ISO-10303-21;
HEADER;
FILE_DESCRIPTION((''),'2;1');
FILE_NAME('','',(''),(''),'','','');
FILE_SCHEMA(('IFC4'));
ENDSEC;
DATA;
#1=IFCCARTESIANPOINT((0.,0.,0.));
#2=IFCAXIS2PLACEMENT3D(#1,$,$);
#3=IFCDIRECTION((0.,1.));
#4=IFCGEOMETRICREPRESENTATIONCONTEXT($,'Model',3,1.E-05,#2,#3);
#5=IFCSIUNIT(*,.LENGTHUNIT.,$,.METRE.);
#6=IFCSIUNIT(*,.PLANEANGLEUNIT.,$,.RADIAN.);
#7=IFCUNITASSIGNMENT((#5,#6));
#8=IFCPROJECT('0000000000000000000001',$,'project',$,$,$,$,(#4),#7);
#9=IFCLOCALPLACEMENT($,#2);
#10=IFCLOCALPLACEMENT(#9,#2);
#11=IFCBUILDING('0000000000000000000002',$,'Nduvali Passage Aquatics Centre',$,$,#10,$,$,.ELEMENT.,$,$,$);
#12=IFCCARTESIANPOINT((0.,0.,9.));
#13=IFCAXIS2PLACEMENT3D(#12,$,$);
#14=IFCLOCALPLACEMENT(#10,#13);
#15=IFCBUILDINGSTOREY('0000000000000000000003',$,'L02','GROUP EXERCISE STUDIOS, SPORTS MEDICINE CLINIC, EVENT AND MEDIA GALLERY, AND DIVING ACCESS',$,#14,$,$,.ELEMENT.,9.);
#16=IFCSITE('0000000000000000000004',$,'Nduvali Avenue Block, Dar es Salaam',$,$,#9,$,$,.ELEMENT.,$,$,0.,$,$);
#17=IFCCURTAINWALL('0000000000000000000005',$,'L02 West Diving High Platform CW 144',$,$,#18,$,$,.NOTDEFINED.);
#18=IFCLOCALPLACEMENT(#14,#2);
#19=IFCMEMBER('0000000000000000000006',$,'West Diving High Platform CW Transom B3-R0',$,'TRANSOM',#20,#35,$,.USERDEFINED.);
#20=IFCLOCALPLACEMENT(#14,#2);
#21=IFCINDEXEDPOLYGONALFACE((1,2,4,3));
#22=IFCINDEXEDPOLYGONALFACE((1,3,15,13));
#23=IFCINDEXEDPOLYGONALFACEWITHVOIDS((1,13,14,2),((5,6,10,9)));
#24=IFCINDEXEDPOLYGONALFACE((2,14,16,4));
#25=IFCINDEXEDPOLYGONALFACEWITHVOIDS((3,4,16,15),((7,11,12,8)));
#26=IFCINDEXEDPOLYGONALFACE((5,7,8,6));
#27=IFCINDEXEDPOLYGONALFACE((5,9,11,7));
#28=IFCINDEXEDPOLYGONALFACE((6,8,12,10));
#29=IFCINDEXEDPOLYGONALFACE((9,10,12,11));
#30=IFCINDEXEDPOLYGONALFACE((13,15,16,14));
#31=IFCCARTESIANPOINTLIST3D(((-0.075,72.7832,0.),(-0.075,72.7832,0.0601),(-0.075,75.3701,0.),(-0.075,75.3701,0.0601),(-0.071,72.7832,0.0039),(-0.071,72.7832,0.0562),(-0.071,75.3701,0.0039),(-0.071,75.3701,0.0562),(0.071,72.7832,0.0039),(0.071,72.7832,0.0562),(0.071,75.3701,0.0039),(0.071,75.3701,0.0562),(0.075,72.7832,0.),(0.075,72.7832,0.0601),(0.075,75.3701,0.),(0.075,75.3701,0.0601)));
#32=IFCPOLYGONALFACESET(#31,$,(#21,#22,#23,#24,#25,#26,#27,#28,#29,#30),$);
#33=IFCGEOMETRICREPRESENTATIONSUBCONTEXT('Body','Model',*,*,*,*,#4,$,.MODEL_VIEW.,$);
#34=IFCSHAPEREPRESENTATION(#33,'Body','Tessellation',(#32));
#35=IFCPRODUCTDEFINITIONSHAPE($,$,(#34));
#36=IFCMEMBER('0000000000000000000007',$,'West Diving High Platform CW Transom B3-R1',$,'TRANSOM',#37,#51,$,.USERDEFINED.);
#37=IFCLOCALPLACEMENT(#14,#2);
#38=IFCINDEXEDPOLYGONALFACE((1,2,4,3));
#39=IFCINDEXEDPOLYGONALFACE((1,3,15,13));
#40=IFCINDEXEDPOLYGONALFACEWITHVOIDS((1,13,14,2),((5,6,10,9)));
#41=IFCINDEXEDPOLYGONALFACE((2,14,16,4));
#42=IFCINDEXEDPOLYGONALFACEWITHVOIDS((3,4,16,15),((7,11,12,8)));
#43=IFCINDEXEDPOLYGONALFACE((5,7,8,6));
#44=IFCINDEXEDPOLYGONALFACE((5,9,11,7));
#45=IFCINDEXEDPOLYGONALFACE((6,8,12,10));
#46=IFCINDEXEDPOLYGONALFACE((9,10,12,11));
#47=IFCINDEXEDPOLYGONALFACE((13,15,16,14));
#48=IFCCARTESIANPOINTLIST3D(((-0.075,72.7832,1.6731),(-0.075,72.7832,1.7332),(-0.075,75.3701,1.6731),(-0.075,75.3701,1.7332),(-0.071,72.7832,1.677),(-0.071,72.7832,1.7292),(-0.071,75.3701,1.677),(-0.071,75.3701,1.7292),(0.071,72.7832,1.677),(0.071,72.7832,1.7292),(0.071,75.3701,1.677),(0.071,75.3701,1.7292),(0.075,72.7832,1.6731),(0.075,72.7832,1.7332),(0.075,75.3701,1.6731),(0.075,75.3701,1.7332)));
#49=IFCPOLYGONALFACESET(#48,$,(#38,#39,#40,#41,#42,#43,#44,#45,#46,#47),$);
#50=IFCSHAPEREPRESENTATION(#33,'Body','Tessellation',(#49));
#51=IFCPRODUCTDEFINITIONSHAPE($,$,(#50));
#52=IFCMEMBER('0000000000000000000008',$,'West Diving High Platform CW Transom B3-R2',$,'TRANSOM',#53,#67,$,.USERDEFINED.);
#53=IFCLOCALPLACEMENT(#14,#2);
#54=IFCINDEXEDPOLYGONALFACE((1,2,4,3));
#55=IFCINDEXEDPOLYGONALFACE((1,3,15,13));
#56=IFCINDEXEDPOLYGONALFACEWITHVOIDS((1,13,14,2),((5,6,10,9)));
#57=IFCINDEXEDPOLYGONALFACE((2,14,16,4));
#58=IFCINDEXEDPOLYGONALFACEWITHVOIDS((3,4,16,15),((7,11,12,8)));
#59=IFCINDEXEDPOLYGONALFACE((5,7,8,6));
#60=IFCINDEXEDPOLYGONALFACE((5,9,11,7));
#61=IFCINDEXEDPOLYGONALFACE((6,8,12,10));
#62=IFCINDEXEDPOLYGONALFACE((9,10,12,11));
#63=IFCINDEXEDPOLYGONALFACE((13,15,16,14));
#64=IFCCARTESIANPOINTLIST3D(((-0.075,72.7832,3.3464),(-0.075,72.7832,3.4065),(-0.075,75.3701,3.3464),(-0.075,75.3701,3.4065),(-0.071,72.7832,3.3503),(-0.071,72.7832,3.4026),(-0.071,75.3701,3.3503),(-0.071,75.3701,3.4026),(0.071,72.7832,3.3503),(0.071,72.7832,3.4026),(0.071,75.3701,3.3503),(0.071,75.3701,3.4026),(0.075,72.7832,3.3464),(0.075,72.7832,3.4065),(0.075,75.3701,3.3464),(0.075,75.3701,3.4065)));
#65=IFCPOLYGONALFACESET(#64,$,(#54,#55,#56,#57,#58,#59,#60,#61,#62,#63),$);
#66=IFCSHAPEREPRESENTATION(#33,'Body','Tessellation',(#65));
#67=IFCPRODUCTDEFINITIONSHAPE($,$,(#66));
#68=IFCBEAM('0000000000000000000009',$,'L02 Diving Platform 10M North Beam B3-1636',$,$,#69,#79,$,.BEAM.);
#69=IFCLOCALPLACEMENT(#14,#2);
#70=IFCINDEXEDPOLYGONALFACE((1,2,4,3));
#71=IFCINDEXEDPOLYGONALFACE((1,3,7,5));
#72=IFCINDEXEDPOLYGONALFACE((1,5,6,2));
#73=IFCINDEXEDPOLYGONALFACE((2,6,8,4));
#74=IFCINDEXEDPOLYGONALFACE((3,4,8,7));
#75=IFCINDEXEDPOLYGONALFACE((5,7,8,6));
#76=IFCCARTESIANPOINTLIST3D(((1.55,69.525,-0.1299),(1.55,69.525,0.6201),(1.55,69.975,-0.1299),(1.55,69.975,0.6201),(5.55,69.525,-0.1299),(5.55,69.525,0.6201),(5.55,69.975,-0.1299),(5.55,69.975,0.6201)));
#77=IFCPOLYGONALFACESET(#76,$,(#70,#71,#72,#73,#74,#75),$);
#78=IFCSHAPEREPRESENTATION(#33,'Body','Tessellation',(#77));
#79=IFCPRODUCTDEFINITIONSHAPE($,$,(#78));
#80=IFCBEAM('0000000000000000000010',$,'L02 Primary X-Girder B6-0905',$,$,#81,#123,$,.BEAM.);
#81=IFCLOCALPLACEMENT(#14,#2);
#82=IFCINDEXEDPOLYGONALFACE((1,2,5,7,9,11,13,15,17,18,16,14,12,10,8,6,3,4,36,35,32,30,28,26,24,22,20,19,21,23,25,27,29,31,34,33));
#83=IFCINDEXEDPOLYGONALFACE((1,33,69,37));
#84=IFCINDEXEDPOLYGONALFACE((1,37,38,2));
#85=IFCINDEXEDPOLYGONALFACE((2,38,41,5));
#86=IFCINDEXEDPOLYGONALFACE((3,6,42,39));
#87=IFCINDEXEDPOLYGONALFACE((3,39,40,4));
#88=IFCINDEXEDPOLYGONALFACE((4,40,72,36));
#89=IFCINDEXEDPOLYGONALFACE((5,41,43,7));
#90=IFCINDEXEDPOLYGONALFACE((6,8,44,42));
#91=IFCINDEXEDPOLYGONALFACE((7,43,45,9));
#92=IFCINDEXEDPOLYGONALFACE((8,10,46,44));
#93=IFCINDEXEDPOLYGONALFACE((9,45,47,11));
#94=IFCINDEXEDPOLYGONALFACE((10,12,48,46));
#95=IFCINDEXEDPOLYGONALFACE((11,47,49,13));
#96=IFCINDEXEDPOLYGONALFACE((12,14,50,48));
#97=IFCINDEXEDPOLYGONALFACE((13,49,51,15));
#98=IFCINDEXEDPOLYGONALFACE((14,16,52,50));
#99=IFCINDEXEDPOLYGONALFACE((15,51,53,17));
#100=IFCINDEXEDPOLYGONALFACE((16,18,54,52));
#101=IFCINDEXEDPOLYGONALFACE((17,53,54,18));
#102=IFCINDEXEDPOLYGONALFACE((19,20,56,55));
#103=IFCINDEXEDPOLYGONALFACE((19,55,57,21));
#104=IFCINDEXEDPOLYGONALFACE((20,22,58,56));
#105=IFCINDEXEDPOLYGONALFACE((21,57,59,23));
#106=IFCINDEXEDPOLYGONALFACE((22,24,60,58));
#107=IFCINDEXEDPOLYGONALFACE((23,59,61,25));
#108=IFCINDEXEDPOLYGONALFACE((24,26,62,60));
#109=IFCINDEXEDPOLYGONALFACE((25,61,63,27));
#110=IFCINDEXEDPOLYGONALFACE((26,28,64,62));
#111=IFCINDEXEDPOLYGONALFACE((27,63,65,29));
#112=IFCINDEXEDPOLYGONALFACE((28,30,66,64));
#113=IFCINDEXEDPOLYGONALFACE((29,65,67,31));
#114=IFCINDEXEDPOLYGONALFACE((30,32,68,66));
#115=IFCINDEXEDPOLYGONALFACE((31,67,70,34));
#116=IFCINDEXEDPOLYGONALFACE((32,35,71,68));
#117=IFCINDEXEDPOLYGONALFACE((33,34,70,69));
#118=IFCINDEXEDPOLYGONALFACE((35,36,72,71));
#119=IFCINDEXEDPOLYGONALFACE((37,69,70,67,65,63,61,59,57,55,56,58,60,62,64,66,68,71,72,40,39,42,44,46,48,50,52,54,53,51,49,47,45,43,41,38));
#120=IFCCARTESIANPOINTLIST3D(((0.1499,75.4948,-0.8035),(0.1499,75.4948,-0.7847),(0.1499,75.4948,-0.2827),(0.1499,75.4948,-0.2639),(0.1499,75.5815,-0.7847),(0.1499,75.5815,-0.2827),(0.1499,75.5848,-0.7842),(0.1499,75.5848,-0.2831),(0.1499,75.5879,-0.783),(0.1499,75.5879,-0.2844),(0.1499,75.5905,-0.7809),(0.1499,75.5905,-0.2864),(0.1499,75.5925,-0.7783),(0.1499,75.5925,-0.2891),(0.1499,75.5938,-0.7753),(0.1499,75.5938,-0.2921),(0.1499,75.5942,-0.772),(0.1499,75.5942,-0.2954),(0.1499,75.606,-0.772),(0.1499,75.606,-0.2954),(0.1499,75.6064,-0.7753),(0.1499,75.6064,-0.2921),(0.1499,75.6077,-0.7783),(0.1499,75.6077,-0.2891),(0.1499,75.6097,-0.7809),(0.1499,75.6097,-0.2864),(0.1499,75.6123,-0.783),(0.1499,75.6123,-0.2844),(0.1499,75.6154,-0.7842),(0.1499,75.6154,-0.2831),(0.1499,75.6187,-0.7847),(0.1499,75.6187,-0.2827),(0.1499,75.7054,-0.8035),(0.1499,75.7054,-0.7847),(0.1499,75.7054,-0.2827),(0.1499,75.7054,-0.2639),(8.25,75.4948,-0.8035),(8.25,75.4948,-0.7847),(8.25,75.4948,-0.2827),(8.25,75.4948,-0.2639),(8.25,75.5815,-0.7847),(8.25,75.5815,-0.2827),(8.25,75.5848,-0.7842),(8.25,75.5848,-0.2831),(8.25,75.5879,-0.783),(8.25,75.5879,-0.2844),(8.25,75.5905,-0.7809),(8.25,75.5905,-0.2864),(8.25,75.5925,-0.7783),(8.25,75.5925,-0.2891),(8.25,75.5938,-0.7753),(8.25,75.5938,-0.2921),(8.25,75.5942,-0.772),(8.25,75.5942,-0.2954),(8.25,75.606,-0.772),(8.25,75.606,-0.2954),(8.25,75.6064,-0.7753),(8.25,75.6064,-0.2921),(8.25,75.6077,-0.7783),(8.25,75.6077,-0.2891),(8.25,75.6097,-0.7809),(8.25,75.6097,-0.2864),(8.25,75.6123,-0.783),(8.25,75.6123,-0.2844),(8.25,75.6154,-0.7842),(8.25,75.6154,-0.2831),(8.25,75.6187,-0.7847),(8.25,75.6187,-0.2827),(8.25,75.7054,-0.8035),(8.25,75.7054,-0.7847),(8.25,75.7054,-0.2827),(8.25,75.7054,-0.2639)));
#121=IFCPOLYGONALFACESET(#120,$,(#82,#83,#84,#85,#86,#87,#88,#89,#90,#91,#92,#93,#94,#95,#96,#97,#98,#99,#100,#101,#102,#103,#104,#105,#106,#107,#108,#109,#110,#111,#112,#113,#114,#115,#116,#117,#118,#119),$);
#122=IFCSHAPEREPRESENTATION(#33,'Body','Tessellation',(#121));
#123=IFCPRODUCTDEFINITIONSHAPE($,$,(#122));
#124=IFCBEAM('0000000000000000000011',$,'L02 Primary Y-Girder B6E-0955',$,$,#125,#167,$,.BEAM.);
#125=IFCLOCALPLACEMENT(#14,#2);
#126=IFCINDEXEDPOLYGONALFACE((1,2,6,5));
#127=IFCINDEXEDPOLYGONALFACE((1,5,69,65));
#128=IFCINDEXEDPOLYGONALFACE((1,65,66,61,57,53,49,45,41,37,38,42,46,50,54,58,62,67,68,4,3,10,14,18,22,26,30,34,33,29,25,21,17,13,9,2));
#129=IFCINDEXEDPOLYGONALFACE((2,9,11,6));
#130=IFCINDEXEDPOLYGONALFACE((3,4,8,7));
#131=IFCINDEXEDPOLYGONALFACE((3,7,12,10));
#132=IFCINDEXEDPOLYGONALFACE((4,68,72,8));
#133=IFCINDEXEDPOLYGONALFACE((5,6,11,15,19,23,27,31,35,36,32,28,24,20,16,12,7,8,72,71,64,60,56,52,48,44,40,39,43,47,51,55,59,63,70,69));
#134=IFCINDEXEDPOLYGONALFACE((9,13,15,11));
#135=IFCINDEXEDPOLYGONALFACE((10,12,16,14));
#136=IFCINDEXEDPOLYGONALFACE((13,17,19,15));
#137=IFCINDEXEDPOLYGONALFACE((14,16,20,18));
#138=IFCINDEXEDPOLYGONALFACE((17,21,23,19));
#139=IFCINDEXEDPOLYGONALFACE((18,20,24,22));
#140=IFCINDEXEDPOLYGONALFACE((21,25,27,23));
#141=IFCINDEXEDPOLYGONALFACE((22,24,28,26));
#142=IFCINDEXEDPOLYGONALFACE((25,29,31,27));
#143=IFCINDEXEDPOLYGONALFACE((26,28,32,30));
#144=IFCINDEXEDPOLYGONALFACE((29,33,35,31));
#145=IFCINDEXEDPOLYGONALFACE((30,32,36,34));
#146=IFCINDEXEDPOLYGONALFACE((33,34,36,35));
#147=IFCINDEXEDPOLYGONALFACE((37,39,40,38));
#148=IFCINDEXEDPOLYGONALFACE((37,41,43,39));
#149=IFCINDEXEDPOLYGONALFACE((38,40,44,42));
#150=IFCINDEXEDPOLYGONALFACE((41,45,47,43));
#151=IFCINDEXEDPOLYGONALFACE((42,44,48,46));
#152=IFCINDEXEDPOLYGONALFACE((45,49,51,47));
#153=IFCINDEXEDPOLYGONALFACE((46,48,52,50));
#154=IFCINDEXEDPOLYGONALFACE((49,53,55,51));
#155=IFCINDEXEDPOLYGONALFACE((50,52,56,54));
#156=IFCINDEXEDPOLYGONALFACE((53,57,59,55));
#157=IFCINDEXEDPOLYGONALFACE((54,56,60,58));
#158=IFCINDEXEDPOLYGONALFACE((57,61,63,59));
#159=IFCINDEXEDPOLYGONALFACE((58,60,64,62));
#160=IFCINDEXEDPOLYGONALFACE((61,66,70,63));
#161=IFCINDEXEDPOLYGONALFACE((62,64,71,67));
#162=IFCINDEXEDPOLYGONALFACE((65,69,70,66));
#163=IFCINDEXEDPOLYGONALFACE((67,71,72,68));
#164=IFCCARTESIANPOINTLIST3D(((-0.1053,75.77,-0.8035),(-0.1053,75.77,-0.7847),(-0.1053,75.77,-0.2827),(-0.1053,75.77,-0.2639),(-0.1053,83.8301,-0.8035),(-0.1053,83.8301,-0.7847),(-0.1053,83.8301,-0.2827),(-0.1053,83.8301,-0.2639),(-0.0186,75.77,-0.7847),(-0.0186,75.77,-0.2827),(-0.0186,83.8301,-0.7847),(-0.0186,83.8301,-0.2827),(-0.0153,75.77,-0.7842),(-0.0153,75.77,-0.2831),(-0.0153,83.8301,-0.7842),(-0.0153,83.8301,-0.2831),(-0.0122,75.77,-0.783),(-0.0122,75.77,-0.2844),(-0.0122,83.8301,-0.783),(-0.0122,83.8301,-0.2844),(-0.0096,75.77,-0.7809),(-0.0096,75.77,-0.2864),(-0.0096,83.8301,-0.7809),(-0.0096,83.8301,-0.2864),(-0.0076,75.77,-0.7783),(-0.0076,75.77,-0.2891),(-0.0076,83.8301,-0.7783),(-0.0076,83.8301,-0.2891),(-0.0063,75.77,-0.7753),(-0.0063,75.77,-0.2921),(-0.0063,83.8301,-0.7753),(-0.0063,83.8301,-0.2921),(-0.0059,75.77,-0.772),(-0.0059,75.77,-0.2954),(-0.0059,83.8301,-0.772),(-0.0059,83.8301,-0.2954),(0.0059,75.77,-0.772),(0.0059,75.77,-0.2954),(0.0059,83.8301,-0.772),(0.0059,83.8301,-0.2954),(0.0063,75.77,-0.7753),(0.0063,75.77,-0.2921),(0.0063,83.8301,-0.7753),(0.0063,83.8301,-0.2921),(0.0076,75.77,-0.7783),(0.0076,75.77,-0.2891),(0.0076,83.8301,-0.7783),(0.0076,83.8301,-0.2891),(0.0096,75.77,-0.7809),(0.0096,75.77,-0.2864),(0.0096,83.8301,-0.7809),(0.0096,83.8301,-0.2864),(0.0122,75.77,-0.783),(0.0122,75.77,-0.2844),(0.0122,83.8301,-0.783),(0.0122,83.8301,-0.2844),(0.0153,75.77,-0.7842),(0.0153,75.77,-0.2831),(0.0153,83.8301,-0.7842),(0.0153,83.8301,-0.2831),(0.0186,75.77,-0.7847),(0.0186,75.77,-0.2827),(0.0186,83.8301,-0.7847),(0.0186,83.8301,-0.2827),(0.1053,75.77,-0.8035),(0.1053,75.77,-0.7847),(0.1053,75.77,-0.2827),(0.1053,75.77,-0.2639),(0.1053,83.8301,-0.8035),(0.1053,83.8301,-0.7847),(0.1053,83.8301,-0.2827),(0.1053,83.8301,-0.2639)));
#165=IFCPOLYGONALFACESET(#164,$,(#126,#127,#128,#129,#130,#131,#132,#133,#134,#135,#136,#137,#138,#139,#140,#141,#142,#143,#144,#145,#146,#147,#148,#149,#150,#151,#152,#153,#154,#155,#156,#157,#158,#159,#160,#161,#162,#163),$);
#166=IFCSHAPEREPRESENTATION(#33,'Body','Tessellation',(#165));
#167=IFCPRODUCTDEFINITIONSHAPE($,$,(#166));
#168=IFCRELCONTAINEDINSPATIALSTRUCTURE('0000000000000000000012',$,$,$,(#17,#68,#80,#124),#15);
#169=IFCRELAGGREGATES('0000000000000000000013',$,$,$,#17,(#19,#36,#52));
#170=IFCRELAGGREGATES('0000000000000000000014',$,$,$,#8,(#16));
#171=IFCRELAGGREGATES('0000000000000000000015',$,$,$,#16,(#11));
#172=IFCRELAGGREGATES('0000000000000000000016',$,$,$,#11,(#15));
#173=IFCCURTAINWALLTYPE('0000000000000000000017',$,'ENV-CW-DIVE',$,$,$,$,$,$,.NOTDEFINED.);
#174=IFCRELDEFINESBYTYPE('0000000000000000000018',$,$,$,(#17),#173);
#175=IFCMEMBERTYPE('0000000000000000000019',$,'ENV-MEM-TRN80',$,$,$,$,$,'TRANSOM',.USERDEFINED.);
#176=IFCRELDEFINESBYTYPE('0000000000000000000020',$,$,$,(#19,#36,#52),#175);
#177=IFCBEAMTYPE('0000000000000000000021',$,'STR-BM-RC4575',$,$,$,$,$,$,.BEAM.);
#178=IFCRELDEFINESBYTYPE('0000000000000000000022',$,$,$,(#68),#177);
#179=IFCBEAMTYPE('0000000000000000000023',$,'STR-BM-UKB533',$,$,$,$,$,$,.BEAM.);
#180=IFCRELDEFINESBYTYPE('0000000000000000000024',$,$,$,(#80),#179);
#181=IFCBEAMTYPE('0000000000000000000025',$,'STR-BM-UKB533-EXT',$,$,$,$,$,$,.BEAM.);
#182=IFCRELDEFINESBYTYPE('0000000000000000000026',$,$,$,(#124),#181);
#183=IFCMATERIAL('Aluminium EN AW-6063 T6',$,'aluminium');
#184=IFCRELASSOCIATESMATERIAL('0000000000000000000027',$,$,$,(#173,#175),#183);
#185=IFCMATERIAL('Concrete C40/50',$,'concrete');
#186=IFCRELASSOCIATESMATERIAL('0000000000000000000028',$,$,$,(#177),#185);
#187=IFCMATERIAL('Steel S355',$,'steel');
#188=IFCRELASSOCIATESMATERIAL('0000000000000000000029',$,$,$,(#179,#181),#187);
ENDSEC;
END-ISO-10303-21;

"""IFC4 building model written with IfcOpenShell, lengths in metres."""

from ifc_helpers import new_model, si_unit, direction, frame, origin, origin_2d, place, context, subcontext, project, spatial, rectangle, hollow_rectangle, i_section, extrude, material, material_profile, profile_set, type_object, element, aggregate, save


model = new_model("IFC4")

# Units and contexts
model_context = context("Model", 3, precision=1e-05, world=origin(), true_north=direction((0.0, 1.0)))
body_context = subcontext(model_context, "Body", "Model", "MODEL_VIEW")
ifc_project = project(units=[si_unit("LENGTHUNIT", "METRE"), si_unit("PLANEANGLEUNIT", "RADIAN")], contexts=[model_context])

# Site, building, storey
site_placement = place(None, origin())
site = spatial("IfcSite", under=ifc_project, at=site_placement, Name="Nduvali Avenue Block, Dar es Salaam", CompositionType="ELEMENT", RefElevation=0.0)
building_placement = place(site_placement, origin())
building = spatial("IfcBuilding", under=site, at=building_placement, Name="Nduvali Passage Aquatics Centre", CompositionType="ELEMENT")
storey_placement = place(building_placement, frame((0.0, 0.0, 9.0)))
storey = spatial("IfcBuildingStorey", under=building, at=storey_placement, Name="L02", Description="GROUP EXERCISE STUDIOS, SPORTS MEDICINE CLINIC, EVENT AND MEDIA GALLERY, AND DIVING ACCESS", CompositionType="ELEMENT", Elevation=9.0)

# Shared definitions
ifc_material_1 = material(Name="Steel S355", Category="steel")
ifc_material_2 = material(Name="Concrete C40/50", Category="concrete")

# Curtain wall, members
ifc_material_3 = material(Name="Aluminium EN AW-6063 T6", Category="aluminium")
curtain_wall_type = type_object("IfcCurtainWallType", Name="ENV-CW-DIVE", PredefinedType="NOTDEFINED", material=ifc_material_3)
curtain_wall_placement = place(storey_placement, origin())
curtain_wall = element("IfcCurtainWall", 1, at=curtain_wall_placement, inside=storey, type_object=curtain_wall_type, Name="L02 West Diving High Platform CW 144", PredefinedType="NOTDEFINED")
ifc_material_profile_1 = material_profile(ifc_material_3, hollow_rectangle(XDim=0.1499, YDim=0.0601, WallThickness=0.0039, at=origin_2d()), Name="ALU TRANSOM 150x60x4")
ifc_profile_set_1 = profile_set([ifc_material_profile_1], Name="Aluminium EN AW-6063 T6")
member_type_1 = type_object("IfcMemberType", Name="ENV-MEM-TRN80", ElementType="TRANSOM", PredefinedType="USERDEFINED", material=ifc_profile_set_1)
member_1_placement = place(storey_placement, frame((0.0, 72.7832, 0.03), z_axis=(0.0, 1.0, 0.0), x_axis=(-1.0, 0.0, 0.0)))
member_1 = element("IfcMember", 2, at=member_1_placement, type_object=member_type_1, Name="West Diving High Platform CW Transom B3-R0", ObjectType="TRANSOM", PredefinedType="USERDEFINED", context=body_context, shape_type="SweptSolid", body=[
    extrude(hollow_rectangle(XDim=0.1499, YDim=0.0601, WallThickness=0.0039, at=origin_2d()), origin(), (0.0, 0.0, 1.0), 2.5869),
])
member_2_placement = place(storey_placement, frame((0.0, 72.7832, 1.7031), z_axis=(0.0, 1.0, 0.0), x_axis=(-1.0, 0.0, 0.0)))
member_2 = element("IfcMember", 3, at=member_2_placement, type_object=member_type_1, Name="West Diving High Platform CW Transom B3-R1", ObjectType="TRANSOM", PredefinedType="USERDEFINED", context=body_context, shape_type="SweptSolid", body=[
    extrude(hollow_rectangle(XDim=0.1499, YDim=0.0601, WallThickness=0.0039, at=origin_2d()), origin(), (0.0, 0.0, 1.0), 2.5869),
])
member_3_placement = place(storey_placement, frame((0.0, 72.7832, 3.3765), z_axis=(0.0, 1.0, 0.0), x_axis=(-1.0, 0.0, 0.0)))
member_3 = element("IfcMember", 4, at=member_3_placement, type_object=member_type_1, Name="West Diving High Platform CW Transom B3-R2", ObjectType="TRANSOM", PredefinedType="USERDEFINED", context=body_context, shape_type="SweptSolid", body=[
    extrude(hollow_rectangle(XDim=0.1499, YDim=0.0601, WallThickness=0.0039, at=origin_2d()), origin(), (0.0, 0.0, 1.0), 2.5869),
])

# Beams
ifc_material_profile_2 = material_profile(ifc_material_2, rectangle(XDim=0.45, YDim=0.75, at=origin_2d()), Name="RC 450x750")
ifc_profile_set_2 = profile_set([ifc_material_profile_2], Name="Concrete C40/50")
beam_type_1 = type_object("IfcBeamType", Name="STR-BM-RC4575", PredefinedType="BEAM", material=ifc_profile_set_2)
beam_1_placement = place(storey_placement, frame((1.55, 69.75, 0.2451), z_axis=(1.0, 0.0, 0.0), x_axis=(0.0, 1.0, 0.0)))
element("IfcBeam", 5, at=beam_1_placement, inside=storey, type_object=beam_type_1, Name="L02 Diving Platform 10M North Beam B3-1636", PredefinedType="BEAM", context=body_context, shape_type="SweptSolid", body=[
    extrude(rectangle(XDim=0.45, YDim=0.75, at=origin_2d()), origin(), (0.0, 0.0, 1.0), 4.0),
])
ifc_material_profile_3 = material_profile(ifc_material_1, i_section(OverallWidth=0.2107, OverallDepth=0.5396, WebThickness=0.0117, FlangeThickness=0.0188, FilletRadius=0.0127, at=origin_2d()), Name="UKB 533x210x109")
ifc_profile_set_3 = profile_set([ifc_material_profile_3], Name="Steel S355")
beam_type_2 = type_object("IfcBeamType", Name="STR-BM-UKB533", PredefinedType="BEAM", material=ifc_profile_set_3)
beam_2_placement = place(storey_placement, frame((0.1499, 75.6001, -0.5337), z_axis=(1.0, 0.0, 0.0), x_axis=(0.0, 1.0, 0.0)))
element("IfcBeam", 6, at=beam_2_placement, inside=storey, type_object=beam_type_2, Name="L02 Primary X-Girder B6-0905", PredefinedType="BEAM", context=body_context, shape_type="SweptSolid", body=[
    extrude(i_section(OverallWidth=0.2107, OverallDepth=0.5396, WebThickness=0.0117, FlangeThickness=0.0188, FilletRadius=0.0127, at=origin_2d()), origin(), (0.0, 0.0, 1.0), 8.1001),
])
ifc_material_profile_4 = material_profile(ifc_material_1, i_section(OverallWidth=0.2107, OverallDepth=0.5396, WebThickness=0.0117, FlangeThickness=0.0188, FilletRadius=0.0127, at=origin_2d()), Name="UKB 533x210x109")
ifc_profile_set_4 = profile_set([ifc_material_profile_4], Name="Steel S355")
beam_type_3 = type_object("IfcBeamType", Name="STR-BM-UKB533-EXT", PredefinedType="BEAM", material=ifc_profile_set_4)
beam_3_placement = place(storey_placement, frame((0.0, 75.77, -0.5337), z_axis=(0.0, 1.0, 0.0), x_axis=(-1.0, 0.0, 0.0)))
element("IfcBeam", 7, at=beam_3_placement, inside=storey, type_object=beam_type_3, Name="L02 Primary Y-Girder B6E-0955", PredefinedType="BEAM", context=body_context, shape_type="SweptSolid", body=[
    extrude(i_section(OverallWidth=0.2107, OverallDepth=0.5396, WebThickness=0.0117, FlangeThickness=0.0188, FilletRadius=0.0127, at=origin_2d()), origin(), (0.0, 0.0, 1.0), 8.0601),
])

aggregate(curtain_wall, [member_1, member_2, member_3])

save(model, "model.ifc")
